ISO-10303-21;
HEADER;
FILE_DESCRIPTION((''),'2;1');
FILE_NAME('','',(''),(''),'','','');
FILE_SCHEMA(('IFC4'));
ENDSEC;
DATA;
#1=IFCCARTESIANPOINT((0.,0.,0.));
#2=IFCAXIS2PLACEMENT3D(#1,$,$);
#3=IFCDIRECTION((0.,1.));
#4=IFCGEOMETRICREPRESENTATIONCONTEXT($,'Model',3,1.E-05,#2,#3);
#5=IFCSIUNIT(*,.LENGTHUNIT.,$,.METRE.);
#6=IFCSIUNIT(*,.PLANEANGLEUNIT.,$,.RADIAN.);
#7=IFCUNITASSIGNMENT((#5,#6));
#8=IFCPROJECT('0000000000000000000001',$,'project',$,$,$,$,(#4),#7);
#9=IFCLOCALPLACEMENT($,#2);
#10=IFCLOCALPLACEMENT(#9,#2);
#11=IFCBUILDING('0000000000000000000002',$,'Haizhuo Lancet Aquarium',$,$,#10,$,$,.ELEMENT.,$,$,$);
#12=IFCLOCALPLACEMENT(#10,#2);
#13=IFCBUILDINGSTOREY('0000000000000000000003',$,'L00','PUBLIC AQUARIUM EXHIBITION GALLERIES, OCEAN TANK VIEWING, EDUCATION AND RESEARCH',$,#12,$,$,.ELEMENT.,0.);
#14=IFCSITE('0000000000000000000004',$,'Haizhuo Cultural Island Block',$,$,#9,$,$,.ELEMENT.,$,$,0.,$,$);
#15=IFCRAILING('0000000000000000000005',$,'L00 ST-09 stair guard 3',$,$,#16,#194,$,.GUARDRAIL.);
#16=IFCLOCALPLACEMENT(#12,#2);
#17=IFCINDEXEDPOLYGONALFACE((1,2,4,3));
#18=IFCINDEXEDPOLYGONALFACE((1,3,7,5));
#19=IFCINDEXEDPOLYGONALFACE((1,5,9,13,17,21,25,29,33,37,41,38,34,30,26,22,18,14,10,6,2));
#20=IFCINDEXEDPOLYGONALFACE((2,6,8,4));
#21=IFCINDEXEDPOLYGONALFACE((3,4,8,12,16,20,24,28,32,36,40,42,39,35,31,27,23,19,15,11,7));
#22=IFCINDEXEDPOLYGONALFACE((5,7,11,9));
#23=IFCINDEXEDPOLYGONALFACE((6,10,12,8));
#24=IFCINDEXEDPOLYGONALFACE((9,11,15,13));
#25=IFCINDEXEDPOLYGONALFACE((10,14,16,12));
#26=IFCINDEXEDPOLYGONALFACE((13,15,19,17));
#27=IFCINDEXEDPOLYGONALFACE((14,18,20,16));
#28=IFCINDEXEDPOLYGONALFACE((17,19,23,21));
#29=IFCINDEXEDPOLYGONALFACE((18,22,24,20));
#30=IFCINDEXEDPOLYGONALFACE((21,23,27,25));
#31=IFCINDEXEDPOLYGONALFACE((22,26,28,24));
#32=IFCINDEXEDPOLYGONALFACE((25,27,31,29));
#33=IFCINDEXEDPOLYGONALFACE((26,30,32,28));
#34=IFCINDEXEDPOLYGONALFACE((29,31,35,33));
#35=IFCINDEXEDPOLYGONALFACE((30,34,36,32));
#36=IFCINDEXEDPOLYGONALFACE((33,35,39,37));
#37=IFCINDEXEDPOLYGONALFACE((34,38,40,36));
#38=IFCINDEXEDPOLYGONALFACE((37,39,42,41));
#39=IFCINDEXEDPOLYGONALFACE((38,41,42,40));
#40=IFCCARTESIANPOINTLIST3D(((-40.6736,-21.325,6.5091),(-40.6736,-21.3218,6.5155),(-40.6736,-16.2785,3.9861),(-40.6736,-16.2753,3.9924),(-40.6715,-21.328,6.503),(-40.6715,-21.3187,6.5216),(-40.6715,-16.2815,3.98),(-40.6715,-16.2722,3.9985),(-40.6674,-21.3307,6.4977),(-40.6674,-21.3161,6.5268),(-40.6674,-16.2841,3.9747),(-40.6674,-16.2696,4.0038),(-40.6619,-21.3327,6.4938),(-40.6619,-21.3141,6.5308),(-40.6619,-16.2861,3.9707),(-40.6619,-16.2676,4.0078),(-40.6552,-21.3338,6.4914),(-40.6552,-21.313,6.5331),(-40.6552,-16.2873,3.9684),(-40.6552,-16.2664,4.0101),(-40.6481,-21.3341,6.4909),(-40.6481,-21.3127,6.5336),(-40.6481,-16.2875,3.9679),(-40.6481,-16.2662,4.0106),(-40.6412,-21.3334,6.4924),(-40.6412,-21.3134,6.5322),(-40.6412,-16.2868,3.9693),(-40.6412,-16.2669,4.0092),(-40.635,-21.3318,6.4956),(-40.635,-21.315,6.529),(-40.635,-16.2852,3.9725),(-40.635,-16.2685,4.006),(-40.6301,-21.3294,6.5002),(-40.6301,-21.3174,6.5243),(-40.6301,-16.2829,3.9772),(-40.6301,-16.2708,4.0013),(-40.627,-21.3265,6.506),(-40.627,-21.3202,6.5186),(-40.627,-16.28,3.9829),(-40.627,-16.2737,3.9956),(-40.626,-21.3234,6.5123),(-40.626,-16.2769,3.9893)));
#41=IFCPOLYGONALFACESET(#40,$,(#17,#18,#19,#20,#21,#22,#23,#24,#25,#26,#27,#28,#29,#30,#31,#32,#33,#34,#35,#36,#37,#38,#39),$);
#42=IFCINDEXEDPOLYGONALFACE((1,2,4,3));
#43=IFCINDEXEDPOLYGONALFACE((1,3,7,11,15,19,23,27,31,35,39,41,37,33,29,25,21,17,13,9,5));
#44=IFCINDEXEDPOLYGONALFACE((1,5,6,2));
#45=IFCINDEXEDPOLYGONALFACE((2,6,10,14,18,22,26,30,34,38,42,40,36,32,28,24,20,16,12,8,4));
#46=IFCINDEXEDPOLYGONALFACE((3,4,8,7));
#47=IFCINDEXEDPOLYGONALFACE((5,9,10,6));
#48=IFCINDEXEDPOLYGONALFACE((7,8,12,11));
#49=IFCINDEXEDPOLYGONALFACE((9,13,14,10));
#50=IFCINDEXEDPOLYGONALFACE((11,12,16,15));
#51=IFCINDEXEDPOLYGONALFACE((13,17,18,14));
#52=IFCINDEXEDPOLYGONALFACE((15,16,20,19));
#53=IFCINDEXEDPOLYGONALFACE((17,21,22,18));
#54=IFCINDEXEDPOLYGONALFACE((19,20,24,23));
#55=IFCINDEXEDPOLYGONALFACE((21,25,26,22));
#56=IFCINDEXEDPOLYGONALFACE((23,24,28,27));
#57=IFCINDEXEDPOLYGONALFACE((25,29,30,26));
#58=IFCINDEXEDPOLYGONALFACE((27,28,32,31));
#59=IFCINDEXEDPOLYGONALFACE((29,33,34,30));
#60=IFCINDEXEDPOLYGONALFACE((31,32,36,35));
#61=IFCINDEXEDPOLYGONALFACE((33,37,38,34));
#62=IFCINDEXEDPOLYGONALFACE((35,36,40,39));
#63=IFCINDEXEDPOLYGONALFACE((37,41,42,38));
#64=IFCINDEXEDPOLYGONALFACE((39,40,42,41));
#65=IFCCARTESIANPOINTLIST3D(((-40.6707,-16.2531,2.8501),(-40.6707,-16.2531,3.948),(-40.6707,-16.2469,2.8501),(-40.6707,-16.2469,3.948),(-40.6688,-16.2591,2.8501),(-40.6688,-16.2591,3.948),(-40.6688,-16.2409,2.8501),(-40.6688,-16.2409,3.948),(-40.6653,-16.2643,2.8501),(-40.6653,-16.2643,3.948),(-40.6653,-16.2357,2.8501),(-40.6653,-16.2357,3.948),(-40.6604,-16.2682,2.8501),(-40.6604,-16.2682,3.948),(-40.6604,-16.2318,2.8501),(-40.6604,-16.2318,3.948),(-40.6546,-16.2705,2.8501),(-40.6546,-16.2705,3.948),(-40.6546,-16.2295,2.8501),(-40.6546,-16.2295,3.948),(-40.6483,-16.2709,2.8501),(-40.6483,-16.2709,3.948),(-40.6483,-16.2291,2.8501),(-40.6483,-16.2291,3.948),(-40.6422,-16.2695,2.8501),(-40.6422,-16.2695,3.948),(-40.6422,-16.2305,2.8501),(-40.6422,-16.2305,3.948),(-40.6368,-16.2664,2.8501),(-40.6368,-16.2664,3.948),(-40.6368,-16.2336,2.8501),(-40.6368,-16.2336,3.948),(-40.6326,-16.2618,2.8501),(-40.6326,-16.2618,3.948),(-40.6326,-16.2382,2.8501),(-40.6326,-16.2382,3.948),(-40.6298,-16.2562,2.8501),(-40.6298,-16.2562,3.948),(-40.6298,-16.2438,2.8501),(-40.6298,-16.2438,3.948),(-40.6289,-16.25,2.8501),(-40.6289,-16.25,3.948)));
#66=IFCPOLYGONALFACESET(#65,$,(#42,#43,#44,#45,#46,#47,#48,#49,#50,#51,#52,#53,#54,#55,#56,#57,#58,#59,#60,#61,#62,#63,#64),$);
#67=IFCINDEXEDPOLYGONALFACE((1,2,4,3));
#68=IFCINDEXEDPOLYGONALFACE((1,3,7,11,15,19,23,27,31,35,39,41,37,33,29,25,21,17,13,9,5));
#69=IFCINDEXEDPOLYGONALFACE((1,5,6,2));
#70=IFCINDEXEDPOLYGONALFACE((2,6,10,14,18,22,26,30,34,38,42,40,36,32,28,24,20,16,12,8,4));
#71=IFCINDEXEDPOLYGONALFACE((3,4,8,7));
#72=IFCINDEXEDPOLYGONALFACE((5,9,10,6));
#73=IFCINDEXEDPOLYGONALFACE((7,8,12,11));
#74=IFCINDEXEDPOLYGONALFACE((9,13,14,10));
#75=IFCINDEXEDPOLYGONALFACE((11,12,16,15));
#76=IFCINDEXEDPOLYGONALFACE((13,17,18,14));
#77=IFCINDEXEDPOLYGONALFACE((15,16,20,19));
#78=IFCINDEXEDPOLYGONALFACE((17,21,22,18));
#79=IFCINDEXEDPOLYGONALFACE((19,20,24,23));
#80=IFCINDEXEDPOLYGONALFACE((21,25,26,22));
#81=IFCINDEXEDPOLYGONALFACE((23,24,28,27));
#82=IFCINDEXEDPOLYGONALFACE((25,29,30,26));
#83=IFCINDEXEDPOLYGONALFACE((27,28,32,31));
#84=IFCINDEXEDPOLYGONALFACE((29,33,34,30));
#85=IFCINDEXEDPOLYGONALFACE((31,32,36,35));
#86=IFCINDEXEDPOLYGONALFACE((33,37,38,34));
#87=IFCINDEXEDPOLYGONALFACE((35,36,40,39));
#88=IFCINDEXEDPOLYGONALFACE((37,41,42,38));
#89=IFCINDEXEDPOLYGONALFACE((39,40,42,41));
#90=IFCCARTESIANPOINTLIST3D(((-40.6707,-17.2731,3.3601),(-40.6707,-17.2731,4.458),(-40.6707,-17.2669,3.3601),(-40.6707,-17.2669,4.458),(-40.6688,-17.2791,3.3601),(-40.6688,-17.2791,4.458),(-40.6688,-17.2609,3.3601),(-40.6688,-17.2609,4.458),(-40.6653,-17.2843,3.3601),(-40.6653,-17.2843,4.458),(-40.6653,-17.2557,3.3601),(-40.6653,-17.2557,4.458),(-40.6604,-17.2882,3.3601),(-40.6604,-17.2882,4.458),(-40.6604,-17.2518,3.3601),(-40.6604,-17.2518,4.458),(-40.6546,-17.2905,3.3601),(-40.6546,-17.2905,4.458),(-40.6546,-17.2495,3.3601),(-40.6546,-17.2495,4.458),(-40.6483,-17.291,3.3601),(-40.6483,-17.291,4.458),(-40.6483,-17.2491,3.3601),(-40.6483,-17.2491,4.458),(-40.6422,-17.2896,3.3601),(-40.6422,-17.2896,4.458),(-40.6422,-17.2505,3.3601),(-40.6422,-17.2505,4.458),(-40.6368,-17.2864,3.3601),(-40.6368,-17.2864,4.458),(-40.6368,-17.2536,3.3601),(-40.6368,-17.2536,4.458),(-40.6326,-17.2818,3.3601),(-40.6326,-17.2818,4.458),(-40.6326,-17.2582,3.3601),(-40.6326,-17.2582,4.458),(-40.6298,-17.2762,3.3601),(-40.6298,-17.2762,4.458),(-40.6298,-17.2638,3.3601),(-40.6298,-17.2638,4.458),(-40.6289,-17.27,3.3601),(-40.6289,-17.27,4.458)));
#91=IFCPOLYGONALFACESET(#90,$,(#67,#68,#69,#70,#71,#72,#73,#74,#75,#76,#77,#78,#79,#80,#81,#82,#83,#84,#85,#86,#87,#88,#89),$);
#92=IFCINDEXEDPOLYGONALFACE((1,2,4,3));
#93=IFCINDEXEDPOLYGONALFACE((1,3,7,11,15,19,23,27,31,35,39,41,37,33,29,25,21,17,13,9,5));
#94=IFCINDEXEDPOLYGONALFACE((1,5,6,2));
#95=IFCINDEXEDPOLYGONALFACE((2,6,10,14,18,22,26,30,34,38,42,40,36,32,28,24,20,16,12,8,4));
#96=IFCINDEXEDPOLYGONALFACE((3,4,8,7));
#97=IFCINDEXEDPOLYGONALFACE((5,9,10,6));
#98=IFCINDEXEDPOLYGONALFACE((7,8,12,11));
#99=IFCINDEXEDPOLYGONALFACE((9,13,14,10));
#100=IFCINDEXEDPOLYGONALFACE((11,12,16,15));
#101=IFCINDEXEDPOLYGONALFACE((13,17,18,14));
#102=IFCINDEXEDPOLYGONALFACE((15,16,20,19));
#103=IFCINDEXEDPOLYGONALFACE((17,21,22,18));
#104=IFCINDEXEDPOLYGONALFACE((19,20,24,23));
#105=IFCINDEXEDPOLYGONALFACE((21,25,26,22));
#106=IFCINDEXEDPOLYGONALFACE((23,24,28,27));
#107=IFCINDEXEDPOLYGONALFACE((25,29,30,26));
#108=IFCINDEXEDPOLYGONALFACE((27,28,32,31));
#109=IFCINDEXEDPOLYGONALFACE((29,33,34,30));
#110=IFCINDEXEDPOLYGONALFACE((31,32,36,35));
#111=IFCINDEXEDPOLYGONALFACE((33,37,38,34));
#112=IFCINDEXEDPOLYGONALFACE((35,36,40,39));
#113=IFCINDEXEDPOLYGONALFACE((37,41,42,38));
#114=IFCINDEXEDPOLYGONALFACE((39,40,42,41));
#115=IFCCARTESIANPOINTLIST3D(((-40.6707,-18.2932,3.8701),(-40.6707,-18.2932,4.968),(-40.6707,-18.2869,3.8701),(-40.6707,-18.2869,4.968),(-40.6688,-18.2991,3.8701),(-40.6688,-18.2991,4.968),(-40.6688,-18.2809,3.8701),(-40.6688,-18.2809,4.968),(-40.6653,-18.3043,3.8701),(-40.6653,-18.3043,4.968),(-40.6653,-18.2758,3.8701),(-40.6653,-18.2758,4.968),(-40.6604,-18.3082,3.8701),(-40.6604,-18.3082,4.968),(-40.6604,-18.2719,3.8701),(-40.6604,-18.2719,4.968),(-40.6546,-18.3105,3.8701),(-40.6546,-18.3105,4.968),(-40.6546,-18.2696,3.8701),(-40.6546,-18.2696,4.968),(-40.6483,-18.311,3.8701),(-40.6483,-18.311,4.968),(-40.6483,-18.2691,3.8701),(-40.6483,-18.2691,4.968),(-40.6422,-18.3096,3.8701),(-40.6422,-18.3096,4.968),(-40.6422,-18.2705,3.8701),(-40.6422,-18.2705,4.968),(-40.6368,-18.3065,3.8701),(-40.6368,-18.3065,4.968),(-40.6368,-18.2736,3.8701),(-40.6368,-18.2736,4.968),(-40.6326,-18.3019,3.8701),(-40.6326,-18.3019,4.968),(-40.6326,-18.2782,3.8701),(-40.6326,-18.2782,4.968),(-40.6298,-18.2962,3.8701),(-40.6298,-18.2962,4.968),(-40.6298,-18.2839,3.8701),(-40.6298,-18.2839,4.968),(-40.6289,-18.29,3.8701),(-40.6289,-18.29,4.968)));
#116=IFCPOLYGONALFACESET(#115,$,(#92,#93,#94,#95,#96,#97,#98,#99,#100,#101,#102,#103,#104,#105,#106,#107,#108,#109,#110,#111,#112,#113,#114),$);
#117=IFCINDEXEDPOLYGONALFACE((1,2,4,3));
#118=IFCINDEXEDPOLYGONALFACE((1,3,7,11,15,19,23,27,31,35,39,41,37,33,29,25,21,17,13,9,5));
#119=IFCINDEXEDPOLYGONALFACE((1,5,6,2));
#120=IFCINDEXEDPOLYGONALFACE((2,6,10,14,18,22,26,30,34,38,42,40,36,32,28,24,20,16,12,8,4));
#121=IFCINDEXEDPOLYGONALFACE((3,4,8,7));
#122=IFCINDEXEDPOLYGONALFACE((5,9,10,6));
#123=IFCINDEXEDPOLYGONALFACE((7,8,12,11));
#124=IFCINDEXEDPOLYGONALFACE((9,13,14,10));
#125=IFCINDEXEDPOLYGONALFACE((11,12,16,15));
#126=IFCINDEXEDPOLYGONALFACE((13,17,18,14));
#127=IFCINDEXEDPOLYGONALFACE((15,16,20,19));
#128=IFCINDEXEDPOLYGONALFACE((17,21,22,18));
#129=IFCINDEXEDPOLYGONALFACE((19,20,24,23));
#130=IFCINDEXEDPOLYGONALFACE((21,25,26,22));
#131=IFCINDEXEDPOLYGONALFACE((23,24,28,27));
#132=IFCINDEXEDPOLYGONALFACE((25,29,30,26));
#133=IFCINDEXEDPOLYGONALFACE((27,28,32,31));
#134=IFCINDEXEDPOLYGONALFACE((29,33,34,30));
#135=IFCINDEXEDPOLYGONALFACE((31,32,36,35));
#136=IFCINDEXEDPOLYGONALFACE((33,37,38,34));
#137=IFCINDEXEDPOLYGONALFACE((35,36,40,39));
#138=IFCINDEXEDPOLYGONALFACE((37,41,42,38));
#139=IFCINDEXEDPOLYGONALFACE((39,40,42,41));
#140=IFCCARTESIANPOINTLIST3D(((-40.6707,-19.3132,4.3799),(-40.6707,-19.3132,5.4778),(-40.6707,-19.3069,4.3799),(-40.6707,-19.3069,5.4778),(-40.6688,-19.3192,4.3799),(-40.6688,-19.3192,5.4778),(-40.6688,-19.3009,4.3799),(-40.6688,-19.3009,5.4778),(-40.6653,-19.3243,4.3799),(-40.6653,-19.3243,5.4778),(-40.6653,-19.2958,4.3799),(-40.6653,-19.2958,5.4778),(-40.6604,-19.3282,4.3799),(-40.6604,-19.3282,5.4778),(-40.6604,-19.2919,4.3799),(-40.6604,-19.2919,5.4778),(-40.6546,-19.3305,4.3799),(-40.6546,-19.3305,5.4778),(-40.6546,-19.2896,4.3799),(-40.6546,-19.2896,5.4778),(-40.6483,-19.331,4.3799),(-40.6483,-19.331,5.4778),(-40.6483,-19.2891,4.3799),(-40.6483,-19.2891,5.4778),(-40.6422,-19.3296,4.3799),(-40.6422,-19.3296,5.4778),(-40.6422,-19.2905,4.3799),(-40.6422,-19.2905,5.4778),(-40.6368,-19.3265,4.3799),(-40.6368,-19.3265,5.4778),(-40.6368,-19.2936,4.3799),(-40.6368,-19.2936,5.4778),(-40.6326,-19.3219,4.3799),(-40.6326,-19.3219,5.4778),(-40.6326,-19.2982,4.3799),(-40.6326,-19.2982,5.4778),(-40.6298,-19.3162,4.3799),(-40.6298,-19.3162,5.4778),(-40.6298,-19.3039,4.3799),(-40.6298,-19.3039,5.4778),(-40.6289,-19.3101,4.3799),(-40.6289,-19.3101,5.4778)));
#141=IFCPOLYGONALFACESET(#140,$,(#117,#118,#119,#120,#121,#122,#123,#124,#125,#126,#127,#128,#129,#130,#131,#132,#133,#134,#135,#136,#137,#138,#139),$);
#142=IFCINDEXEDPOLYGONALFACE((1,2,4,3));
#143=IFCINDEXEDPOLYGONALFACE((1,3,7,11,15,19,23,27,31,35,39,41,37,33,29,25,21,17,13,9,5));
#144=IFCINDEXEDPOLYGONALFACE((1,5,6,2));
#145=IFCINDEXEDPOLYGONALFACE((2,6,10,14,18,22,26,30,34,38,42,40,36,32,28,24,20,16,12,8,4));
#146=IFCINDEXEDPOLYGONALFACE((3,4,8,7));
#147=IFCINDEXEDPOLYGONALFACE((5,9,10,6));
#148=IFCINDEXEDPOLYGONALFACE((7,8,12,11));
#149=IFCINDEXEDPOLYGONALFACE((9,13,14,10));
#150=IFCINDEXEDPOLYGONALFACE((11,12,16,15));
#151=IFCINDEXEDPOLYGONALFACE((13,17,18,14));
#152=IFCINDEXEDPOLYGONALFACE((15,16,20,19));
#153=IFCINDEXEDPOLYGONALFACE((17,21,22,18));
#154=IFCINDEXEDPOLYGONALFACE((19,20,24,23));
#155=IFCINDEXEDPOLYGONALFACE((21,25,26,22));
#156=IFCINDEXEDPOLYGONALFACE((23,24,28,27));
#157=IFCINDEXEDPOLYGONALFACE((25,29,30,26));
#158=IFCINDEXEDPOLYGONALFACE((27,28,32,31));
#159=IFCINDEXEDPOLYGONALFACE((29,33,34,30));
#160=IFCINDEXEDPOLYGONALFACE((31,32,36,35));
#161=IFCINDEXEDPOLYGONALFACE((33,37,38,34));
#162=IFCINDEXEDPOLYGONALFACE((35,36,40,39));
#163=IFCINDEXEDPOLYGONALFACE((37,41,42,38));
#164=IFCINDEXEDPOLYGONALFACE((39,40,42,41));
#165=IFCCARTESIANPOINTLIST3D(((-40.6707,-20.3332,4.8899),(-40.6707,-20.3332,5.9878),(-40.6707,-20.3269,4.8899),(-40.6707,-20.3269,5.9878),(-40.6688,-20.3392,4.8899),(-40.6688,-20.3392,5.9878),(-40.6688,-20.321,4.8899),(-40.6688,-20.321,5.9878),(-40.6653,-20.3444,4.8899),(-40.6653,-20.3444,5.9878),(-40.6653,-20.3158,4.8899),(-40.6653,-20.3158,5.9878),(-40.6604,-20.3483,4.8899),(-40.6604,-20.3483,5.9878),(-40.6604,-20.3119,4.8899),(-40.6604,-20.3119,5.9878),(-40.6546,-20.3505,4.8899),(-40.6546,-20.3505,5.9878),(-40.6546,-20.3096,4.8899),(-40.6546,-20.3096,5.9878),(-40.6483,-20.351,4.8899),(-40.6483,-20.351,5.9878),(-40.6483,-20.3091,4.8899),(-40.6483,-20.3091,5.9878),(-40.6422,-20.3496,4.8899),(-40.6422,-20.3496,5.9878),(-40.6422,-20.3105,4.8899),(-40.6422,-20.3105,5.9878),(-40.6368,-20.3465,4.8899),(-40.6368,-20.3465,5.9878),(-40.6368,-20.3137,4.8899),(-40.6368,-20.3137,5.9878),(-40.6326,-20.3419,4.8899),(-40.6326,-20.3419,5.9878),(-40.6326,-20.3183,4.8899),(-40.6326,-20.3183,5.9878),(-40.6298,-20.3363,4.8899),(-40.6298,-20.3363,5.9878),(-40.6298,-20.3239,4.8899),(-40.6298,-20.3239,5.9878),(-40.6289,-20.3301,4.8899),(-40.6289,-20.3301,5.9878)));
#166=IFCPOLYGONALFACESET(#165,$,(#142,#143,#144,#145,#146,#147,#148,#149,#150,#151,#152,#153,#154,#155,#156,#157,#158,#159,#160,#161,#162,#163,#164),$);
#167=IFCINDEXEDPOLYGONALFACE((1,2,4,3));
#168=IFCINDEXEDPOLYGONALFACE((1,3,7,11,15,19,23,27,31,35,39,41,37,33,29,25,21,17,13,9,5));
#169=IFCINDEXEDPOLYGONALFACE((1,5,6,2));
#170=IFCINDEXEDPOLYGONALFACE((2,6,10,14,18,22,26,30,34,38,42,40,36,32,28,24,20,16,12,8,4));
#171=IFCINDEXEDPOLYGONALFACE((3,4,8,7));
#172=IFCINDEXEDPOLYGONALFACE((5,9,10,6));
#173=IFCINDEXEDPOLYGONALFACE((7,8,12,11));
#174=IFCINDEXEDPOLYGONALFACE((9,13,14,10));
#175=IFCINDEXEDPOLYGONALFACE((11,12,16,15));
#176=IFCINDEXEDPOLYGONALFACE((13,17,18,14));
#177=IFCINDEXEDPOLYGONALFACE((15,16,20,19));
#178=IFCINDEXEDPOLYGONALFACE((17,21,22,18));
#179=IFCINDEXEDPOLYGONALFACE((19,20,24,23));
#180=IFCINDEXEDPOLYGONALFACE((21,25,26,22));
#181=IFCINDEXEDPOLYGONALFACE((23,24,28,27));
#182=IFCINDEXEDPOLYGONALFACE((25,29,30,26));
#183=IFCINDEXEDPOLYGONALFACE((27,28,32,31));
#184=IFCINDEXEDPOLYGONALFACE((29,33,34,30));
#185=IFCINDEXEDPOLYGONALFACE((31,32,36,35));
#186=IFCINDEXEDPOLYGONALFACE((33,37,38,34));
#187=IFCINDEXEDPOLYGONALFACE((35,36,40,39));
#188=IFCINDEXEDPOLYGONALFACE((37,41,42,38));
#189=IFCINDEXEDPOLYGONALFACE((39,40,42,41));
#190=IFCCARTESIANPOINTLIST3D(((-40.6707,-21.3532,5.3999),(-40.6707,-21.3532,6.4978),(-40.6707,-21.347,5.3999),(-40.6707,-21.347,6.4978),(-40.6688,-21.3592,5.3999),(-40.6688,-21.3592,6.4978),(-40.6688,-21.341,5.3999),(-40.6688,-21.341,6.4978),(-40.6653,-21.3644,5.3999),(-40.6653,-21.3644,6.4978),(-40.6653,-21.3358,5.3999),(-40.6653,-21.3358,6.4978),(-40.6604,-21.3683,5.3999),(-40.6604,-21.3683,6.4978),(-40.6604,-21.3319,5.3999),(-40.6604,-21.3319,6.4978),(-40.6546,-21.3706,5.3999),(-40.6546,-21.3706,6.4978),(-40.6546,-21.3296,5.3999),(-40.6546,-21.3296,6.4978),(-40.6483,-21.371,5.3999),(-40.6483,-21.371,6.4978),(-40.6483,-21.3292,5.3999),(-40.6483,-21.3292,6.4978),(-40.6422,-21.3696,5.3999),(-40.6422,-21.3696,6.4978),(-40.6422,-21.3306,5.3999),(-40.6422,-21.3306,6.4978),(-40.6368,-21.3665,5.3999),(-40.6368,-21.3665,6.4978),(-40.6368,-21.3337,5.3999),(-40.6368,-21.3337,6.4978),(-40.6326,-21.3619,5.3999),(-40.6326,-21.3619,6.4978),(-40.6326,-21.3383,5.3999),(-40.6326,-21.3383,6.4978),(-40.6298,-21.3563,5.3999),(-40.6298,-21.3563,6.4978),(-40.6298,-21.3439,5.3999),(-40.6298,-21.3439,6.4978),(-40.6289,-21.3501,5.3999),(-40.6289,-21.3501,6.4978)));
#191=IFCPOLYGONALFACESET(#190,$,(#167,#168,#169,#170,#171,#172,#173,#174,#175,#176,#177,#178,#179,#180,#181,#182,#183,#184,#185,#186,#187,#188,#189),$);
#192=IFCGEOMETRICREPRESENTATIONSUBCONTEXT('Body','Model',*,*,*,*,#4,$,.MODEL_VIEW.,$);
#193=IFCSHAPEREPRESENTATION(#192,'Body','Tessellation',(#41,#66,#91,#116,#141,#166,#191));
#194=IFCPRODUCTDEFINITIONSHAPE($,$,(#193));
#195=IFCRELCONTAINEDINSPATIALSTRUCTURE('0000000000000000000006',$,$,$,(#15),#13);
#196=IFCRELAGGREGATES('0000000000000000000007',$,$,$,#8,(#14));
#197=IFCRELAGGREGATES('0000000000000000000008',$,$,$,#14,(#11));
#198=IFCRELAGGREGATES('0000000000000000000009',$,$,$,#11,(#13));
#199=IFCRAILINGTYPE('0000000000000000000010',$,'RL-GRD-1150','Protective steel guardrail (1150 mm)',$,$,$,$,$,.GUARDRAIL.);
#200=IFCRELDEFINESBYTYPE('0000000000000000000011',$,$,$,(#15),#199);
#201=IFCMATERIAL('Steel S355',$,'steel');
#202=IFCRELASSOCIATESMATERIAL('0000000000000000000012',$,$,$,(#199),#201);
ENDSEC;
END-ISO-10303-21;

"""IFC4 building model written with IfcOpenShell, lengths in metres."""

from ifc_helpers import new_model, si_unit, direction, frame, origin, origin_2d, place, context, subcontext, project, spatial, circle, extrude, material, type_object, element, save


model = new_model("IFC4")

# Units and contexts
model_context = context("Model", 3, precision=1e-05, world=origin(), true_north=direction((0.0, 1.0)))
body_context = subcontext(model_context, "Body", "Model", "MODEL_VIEW")
ifc_project = project(units=[si_unit("LENGTHUNIT", "METRE"), si_unit("PLANEANGLEUNIT", "RADIAN")], contexts=[model_context])

# Site, building, storey
site_placement = place(None, origin())
site = spatial("IfcSite", under=ifc_project, at=site_placement, Name="Haizhuo Cultural Island Block", CompositionType="ELEMENT", RefElevation=0.0)
building_placement = place(site_placement, origin())
building = spatial("IfcBuilding", under=site, at=building_placement, Name="Haizhuo Lancet Aquarium", CompositionType="ELEMENT")
storey_placement = place(building_placement, origin())
storey = spatial("IfcBuildingStorey", under=building, at=storey_placement, Name="L00", Description="PUBLIC AQUARIUM EXHIBITION GALLERIES, OCEAN TANK VIEWING, EDUCATION AND RESEARCH", CompositionType="ELEMENT", Elevation=0.0)

# Shared definitions
ifc_material_1 = material(Name="Steel S355", Category="steel")

# Railing
railing_type_1 = type_object("IfcRailingType", Name="RL-GRD-1150", Description="Protective steel guardrail (1150 mm)", PredefinedType="GUARDRAIL", material=ifc_material_1)
railing_1_placement = place(storey_placement, frame((-40.6499, -16.25, 2.8501)))
element("IfcRailing", 1, at=railing_1_placement, inside=storey, type_object=railing_type_1, Name="L00 ST-09 stair guard 3", PredefinedType="GUARDRAIL", context=body_context, shape_type="SweptSolid", body=[
    extrude(circle(Radius=0.0239, at=origin_2d()), frame((0.0, -0.0269, 1.1392), z_axis=(0.0, -0.894444, 0.447179), x_axis=(1.0, 0.0, 0.0)), (0.0, 0.0, 1.0), 5.6421),
    extrude(circle(Radius=0.021, at=origin_2d()), origin(), (0.0, 0.0, 1.0), 1.0979),
    extrude(circle(Radius=0.021, at=origin_2d()), frame((0.0, -1.02, 0.51)), (0.0, 0.0, 1.0), 1.0979),
    extrude(circle(Radius=0.021, at=origin_2d()), frame((0.0, -2.04, 1.02)), (0.0, 0.0, 1.0), 1.0979),
    extrude(circle(Radius=0.021, at=origin_2d()), frame((0.0, -3.0601, 1.5298)), (0.0, 0.0, 1.0), 1.0979),
    extrude(circle(Radius=0.021, at=origin_2d()), frame((0.0, -4.0801, 2.0398)), (0.0, 0.0, 1.0), 1.0979),
    extrude(circle(Radius=0.021, at=origin_2d()), frame((0.0, -5.1001, 2.5498)), (0.0, 0.0, 1.0), 1.0979),
])

save(model, "model.ifc")
